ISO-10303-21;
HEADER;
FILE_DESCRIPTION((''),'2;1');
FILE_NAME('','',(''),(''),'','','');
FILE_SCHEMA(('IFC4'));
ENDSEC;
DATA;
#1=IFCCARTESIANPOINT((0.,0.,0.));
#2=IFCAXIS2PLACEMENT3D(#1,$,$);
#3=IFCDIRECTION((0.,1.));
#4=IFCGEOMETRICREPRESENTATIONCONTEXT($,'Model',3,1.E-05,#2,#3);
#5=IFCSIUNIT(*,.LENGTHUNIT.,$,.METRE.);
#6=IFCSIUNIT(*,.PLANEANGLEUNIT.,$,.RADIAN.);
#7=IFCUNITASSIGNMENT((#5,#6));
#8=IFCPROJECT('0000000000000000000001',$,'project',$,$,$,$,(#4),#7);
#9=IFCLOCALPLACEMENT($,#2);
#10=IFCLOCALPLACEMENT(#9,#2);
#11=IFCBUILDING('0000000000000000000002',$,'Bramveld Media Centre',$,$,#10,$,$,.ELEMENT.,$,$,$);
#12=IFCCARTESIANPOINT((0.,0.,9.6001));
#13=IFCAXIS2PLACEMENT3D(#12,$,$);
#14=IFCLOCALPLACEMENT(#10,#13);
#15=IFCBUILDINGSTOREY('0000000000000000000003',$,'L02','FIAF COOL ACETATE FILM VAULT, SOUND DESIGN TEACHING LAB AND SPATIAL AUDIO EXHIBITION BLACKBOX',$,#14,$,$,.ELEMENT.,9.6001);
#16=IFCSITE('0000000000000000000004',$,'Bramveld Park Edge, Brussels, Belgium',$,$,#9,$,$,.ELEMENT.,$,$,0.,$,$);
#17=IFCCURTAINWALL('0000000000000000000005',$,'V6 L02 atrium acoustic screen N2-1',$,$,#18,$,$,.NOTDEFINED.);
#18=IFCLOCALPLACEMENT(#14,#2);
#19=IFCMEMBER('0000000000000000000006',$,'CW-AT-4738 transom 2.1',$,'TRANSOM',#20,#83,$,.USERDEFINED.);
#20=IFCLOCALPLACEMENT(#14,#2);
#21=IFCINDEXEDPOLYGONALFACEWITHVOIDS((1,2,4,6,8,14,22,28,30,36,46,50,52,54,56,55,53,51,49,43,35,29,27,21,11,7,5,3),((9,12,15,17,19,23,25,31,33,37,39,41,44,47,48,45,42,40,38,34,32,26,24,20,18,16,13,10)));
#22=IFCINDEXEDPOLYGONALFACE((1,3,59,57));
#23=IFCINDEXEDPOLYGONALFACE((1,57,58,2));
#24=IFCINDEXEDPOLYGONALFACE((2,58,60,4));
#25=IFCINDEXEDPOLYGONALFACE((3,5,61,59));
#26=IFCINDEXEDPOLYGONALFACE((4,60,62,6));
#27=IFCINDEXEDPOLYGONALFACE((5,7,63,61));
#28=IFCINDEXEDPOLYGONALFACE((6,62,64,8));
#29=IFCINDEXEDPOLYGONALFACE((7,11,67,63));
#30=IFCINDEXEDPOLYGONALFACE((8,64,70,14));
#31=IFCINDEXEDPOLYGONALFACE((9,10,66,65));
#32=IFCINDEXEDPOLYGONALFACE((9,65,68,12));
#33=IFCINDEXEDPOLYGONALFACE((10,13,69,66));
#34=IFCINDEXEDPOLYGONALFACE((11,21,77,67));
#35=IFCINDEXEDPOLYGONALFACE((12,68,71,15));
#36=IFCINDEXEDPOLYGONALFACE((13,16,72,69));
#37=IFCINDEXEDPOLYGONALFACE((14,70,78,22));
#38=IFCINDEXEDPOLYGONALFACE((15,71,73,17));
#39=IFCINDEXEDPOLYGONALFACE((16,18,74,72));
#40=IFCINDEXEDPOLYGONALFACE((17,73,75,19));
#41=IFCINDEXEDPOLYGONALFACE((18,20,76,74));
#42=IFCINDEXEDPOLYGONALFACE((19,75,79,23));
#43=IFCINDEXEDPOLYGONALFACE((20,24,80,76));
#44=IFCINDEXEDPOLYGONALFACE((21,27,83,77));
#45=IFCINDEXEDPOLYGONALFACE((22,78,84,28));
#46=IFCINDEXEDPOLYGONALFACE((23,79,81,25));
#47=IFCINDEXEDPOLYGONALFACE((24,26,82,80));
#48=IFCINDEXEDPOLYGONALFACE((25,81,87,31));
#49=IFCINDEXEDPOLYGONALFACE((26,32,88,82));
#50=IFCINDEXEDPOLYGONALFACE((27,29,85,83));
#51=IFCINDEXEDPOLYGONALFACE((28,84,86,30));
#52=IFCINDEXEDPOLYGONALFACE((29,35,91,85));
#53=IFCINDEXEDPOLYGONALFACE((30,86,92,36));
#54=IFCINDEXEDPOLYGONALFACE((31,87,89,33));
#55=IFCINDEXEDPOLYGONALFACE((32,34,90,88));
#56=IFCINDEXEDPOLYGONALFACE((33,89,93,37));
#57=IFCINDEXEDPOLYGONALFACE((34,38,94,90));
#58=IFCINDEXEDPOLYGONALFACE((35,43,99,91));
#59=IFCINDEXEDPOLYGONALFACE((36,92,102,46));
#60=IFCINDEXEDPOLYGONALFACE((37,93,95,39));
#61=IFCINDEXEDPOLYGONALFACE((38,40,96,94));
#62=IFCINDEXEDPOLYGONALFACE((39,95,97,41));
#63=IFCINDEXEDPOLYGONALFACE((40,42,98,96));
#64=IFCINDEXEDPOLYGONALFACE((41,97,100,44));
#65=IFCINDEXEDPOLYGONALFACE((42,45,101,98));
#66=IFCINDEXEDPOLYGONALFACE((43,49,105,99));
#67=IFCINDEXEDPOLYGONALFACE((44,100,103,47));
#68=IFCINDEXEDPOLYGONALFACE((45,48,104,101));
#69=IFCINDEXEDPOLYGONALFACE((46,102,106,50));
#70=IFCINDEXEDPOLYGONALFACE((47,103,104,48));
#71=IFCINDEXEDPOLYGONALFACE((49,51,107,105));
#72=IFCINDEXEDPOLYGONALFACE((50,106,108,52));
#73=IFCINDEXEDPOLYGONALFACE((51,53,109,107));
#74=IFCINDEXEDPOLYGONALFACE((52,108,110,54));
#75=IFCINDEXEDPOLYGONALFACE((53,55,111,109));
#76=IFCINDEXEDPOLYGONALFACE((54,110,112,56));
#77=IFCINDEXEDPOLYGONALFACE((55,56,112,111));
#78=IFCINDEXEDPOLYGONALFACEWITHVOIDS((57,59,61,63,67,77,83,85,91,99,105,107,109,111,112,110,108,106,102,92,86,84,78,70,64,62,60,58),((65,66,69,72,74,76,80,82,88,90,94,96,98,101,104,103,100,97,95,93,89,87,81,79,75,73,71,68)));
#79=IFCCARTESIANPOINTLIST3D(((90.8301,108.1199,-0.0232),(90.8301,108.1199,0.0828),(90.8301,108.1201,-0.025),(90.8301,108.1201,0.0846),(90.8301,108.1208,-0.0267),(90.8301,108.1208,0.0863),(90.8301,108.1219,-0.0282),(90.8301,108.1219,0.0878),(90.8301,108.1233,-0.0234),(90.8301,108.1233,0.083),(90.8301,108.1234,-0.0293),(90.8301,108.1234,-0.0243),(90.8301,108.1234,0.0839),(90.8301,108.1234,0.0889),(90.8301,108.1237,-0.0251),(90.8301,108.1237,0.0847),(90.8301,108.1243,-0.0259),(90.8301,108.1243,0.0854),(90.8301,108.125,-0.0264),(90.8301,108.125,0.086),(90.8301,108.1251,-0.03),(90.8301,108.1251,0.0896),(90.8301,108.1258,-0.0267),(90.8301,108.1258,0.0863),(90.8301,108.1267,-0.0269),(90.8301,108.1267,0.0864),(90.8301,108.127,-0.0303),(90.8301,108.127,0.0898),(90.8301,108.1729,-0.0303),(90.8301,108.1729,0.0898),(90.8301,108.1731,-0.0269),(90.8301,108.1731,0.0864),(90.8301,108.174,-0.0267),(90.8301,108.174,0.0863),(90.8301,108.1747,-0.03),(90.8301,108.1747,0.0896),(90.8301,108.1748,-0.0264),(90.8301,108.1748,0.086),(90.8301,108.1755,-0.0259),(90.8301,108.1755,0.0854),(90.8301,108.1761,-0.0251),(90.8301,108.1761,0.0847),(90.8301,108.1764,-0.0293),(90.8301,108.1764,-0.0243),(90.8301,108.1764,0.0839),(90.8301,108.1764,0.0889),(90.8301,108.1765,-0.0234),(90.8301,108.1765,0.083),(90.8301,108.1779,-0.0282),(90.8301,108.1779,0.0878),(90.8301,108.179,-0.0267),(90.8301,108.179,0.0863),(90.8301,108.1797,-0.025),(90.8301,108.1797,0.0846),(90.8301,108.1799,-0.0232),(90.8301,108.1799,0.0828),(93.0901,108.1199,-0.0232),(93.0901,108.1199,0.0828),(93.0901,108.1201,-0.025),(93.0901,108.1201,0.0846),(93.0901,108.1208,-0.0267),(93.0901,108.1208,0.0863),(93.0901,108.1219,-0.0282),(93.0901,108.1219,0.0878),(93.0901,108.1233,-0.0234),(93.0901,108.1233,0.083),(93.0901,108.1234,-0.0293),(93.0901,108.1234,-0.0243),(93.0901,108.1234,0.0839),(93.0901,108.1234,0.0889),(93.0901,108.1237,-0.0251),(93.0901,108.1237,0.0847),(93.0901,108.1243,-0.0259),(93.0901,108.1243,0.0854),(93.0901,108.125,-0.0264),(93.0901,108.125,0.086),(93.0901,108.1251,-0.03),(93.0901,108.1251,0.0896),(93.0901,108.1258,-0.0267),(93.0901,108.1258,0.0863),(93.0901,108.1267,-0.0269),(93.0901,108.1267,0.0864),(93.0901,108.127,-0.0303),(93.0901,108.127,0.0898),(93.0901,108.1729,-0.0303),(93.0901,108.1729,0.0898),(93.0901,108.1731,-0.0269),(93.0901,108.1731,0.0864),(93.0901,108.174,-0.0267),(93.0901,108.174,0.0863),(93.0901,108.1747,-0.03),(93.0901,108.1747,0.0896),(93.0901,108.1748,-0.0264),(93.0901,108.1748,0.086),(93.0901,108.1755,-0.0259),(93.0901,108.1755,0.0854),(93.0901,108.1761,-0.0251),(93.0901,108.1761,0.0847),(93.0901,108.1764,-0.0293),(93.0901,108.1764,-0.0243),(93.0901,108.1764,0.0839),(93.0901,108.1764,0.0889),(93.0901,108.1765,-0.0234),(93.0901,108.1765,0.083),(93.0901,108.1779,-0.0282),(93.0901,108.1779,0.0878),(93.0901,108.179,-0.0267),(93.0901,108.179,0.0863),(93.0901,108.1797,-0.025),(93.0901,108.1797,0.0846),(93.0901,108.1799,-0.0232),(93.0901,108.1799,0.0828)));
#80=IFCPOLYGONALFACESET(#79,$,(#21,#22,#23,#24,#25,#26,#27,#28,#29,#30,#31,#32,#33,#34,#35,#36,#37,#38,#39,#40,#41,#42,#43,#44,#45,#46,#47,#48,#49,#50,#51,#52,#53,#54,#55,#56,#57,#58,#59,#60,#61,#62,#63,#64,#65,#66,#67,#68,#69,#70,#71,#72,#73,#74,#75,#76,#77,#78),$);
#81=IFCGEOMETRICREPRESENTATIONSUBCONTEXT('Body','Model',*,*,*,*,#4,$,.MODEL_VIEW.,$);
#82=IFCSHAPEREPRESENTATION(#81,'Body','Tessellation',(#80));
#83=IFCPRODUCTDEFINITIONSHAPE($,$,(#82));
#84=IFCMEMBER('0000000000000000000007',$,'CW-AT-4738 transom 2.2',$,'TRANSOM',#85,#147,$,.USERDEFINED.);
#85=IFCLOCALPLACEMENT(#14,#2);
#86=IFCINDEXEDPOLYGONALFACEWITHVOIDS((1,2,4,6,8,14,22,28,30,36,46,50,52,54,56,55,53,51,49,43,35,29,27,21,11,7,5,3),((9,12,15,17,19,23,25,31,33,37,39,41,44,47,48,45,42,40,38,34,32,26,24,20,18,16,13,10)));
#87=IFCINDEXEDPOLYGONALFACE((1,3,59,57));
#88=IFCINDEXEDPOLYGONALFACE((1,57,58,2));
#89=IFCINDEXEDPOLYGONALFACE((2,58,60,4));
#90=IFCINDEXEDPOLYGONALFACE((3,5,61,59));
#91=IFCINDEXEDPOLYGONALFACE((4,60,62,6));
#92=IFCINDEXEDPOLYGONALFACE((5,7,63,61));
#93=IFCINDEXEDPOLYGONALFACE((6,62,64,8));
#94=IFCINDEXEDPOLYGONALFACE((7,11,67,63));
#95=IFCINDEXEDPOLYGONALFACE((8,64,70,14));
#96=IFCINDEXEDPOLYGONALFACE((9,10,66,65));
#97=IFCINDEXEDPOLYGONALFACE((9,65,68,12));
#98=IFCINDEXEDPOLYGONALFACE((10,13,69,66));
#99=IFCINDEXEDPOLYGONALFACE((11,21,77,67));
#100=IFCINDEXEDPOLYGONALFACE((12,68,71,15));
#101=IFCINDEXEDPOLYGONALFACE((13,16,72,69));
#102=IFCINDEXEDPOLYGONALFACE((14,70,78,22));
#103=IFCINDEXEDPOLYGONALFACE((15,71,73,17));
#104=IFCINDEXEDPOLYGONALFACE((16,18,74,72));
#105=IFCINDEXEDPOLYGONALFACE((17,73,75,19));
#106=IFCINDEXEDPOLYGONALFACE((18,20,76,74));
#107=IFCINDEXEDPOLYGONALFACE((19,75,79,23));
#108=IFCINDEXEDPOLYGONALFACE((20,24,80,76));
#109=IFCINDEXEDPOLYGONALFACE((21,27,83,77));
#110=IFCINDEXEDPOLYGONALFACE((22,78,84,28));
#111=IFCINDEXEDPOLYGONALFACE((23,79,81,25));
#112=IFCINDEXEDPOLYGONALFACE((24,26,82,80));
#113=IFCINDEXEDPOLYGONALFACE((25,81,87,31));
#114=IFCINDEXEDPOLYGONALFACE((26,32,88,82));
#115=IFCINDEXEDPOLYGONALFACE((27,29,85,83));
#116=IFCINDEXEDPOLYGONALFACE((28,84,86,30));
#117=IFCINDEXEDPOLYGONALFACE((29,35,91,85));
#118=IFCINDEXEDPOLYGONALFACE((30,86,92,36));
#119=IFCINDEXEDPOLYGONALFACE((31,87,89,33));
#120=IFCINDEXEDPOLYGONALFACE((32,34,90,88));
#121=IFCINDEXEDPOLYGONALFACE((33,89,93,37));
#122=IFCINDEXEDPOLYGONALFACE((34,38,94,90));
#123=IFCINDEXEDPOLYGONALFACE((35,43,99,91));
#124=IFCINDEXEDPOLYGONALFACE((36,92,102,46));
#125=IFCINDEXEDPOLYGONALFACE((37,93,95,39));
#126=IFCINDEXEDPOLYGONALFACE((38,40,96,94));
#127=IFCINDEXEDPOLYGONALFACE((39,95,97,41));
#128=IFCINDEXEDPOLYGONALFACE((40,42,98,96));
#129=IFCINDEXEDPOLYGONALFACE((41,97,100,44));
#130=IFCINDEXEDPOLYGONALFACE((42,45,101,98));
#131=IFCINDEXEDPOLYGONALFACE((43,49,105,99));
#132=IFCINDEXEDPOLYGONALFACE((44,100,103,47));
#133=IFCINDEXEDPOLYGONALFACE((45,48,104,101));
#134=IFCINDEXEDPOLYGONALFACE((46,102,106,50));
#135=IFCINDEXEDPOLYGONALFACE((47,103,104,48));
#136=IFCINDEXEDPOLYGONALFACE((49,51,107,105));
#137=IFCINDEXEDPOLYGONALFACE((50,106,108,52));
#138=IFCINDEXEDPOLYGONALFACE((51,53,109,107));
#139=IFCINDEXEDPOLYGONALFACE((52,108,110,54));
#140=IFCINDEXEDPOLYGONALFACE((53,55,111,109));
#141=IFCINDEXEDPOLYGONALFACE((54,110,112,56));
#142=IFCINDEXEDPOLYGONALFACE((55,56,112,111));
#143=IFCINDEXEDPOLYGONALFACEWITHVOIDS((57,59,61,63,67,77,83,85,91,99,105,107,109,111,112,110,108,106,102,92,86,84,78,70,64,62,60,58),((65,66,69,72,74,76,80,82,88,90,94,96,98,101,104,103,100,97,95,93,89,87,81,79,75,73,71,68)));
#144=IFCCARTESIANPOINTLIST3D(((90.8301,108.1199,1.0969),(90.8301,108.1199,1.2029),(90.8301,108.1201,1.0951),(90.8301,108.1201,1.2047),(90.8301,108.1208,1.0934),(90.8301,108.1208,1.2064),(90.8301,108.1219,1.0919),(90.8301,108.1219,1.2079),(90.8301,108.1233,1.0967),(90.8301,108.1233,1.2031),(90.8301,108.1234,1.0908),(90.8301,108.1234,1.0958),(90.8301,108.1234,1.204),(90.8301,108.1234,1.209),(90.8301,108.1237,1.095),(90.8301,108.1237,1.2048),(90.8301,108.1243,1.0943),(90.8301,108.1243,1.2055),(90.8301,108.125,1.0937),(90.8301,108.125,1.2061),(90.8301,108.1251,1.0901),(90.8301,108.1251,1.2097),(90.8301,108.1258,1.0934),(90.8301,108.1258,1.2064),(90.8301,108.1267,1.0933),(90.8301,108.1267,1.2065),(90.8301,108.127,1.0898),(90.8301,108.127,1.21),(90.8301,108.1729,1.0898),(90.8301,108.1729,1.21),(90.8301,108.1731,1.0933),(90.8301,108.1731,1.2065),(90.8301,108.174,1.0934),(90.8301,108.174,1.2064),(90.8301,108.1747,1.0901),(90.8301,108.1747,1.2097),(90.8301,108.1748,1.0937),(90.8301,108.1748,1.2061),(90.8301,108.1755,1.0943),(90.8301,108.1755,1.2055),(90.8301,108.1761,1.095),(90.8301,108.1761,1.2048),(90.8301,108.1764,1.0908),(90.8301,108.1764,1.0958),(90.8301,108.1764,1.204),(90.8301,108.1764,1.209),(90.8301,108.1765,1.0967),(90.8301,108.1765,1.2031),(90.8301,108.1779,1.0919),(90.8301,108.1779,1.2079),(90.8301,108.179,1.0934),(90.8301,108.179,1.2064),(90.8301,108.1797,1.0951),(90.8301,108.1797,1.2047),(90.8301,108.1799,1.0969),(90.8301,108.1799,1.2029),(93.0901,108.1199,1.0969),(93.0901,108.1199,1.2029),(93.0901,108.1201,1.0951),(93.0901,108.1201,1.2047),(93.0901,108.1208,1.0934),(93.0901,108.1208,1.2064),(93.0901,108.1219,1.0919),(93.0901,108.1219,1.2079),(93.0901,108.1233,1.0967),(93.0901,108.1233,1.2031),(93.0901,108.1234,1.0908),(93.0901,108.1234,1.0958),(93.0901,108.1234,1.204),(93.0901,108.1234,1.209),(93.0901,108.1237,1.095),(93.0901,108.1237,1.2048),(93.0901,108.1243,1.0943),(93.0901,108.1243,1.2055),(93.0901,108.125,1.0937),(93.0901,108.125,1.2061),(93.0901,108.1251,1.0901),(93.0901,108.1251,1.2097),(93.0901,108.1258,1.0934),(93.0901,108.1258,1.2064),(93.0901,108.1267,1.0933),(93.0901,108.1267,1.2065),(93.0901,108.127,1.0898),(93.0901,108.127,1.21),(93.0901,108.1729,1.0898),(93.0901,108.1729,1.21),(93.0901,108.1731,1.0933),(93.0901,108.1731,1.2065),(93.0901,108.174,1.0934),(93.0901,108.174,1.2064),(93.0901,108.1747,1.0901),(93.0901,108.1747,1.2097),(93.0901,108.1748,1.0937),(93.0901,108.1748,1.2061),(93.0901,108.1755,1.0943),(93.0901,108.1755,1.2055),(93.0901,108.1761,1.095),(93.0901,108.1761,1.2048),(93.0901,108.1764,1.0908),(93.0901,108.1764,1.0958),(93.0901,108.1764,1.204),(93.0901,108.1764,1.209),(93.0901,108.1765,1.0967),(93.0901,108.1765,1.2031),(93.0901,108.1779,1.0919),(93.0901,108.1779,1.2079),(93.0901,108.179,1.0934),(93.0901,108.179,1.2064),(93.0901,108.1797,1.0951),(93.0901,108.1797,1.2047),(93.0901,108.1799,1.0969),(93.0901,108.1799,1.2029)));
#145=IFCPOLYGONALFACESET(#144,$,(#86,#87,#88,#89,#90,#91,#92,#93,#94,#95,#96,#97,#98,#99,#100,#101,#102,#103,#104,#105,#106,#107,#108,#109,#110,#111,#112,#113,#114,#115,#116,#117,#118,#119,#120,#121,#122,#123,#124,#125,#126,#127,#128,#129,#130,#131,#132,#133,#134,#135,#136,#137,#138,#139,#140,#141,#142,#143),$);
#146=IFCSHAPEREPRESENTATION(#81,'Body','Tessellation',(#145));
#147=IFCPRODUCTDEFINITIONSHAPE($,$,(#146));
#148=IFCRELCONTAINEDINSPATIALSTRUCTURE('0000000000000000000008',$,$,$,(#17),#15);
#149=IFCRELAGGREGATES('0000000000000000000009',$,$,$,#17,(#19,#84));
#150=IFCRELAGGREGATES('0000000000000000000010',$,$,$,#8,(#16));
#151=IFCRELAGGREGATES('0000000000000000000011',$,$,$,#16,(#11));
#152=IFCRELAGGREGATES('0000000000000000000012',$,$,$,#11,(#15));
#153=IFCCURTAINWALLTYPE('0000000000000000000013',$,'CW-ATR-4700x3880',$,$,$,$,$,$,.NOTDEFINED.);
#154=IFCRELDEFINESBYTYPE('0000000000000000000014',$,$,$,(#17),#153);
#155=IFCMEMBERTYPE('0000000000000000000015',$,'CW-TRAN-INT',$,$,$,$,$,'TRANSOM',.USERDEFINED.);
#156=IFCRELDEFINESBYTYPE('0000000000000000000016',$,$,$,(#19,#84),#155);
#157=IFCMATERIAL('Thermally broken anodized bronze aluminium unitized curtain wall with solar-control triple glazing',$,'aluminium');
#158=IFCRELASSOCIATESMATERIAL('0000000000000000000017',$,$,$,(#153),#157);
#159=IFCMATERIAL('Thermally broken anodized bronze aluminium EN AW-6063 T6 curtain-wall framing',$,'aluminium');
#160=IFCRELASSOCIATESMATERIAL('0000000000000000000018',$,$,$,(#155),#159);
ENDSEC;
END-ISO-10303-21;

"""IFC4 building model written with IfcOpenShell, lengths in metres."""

from ifc_helpers import new_model, si_unit, direction, frame, origin, origin_2d, place, context, subcontext, project, spatial, hollow_rectangle, extrude, material, material_profile, profile_set, type_object, element, aggregate, save


model = new_model("IFC4")

# Units and contexts
model_context = context("Model", 3, precision=1e-05, world=origin(), true_north=direction((0.0, 1.0)))
body_context = subcontext(model_context, "Body", "Model", "MODEL_VIEW")
ifc_project = project(units=[si_unit("LENGTHUNIT", "METRE"), si_unit("PLANEANGLEUNIT", "RADIAN")], contexts=[model_context])

# Site, building, storey
site_placement = place(None, origin())
site = spatial("IfcSite", under=ifc_project, at=site_placement, Name="Bramveld Park Edge, Brussels, Belgium", CompositionType="ELEMENT", RefElevation=0.0)
building_placement = place(site_placement, origin())
building = spatial("IfcBuilding", under=site, at=building_placement, Name="Bramveld Media Centre", CompositionType="ELEMENT")
storey_placement = place(building_placement, frame((0.0, 0.0, 9.6001)))
storey = spatial("IfcBuildingStorey", under=building, at=storey_placement, Name="L02", Description="FIAF COOL ACETATE FILM VAULT, SOUND DESIGN TEACHING LAB AND SPATIAL AUDIO EXHIBITION BLACKBOX", CompositionType="ELEMENT", Elevation=9.6001)

# Shared definitions
ifc_material_1 = material(Name="Thermally broken anodized bronze aluminium unitized curtain wall with solar-control triple glazing", Category="aluminium")
curtain_wall_type_1 = type_object("IfcCurtainWallType", Name="CW-ATR-4700x3880", PredefinedType="NOTDEFINED", material=ifc_material_1)

# Curtain wall
curtain_wall_1_placement = place(storey_placement, origin())
curtain_wall_1 = element("IfcCurtainWall", 1, at=curtain_wall_1_placement, inside=storey, type_object=curtain_wall_type_1, Name="V6 L02 atrium acoustic screen N2-1", PredefinedType="NOTDEFINED")

# Members
ifc_material_2 = material(Name="Thermally broken anodized bronze aluminium EN AW-6063 T6 curtain-wall framing", Category="aluminium")
ifc_material_profile_1 = material_profile(ifc_material_2, hollow_rectangle(XDim=0.0601, YDim=0.1201, WallThickness=0.0034, InnerFilletRadius=0.0034, OuterFilletRadius=0.0071, at=origin_2d()), Name="AL-TRAN 60x120")
ifc_profile_set_1 = profile_set([ifc_material_profile_1], Name="Thermally broken anodized bronze aluminium EN AW-6063 T6 curtain-wall framing")
member_type_1 = type_object("IfcMemberType", Name="CW-TRAN-INT", ElementType="TRANSOM", PredefinedType="USERDEFINED", material=ifc_profile_set_1)
member_1_placement = place(storey_placement, frame((90.8301, 108.1499, 0.0298), z_axis=(1.0, 0.0, 0.0), x_axis=(0.0, 1.0, 0.0)))
member_1 = element("IfcMember", 2, at=member_1_placement, type_object=member_type_1, Name="CW-AT-4738 transom 2.1", ObjectType="TRANSOM", PredefinedType="USERDEFINED", context=body_context, shape_type="SweptSolid", body=[
    extrude(hollow_rectangle(XDim=0.0601, YDim=0.1201, WallThickness=0.0034, InnerFilletRadius=0.0034, OuterFilletRadius=0.0071, at=origin_2d()), origin(), (0.0, 0.0, 1.0), 2.26),
])
member_2_placement = place(storey_placement, frame((90.8301, 108.1499, 1.1499), z_axis=(1.0, 0.0, 0.0), x_axis=(0.0, 1.0, 0.0)))
member_2 = element("IfcMember", 3, at=member_2_placement, type_object=member_type_1, Name="CW-AT-4738 transom 2.2", ObjectType="TRANSOM", PredefinedType="USERDEFINED", context=body_context, shape_type="SweptSolid", body=[
    extrude(hollow_rectangle(XDim=0.0601, YDim=0.1201, WallThickness=0.0034, InnerFilletRadius=0.0034, OuterFilletRadius=0.0071, at=origin_2d()), origin(), (0.0, 0.0, 1.0), 2.26),
])

aggregate(curtain_wall_1, [member_1, member_2])

save(model, "model.ifc")
